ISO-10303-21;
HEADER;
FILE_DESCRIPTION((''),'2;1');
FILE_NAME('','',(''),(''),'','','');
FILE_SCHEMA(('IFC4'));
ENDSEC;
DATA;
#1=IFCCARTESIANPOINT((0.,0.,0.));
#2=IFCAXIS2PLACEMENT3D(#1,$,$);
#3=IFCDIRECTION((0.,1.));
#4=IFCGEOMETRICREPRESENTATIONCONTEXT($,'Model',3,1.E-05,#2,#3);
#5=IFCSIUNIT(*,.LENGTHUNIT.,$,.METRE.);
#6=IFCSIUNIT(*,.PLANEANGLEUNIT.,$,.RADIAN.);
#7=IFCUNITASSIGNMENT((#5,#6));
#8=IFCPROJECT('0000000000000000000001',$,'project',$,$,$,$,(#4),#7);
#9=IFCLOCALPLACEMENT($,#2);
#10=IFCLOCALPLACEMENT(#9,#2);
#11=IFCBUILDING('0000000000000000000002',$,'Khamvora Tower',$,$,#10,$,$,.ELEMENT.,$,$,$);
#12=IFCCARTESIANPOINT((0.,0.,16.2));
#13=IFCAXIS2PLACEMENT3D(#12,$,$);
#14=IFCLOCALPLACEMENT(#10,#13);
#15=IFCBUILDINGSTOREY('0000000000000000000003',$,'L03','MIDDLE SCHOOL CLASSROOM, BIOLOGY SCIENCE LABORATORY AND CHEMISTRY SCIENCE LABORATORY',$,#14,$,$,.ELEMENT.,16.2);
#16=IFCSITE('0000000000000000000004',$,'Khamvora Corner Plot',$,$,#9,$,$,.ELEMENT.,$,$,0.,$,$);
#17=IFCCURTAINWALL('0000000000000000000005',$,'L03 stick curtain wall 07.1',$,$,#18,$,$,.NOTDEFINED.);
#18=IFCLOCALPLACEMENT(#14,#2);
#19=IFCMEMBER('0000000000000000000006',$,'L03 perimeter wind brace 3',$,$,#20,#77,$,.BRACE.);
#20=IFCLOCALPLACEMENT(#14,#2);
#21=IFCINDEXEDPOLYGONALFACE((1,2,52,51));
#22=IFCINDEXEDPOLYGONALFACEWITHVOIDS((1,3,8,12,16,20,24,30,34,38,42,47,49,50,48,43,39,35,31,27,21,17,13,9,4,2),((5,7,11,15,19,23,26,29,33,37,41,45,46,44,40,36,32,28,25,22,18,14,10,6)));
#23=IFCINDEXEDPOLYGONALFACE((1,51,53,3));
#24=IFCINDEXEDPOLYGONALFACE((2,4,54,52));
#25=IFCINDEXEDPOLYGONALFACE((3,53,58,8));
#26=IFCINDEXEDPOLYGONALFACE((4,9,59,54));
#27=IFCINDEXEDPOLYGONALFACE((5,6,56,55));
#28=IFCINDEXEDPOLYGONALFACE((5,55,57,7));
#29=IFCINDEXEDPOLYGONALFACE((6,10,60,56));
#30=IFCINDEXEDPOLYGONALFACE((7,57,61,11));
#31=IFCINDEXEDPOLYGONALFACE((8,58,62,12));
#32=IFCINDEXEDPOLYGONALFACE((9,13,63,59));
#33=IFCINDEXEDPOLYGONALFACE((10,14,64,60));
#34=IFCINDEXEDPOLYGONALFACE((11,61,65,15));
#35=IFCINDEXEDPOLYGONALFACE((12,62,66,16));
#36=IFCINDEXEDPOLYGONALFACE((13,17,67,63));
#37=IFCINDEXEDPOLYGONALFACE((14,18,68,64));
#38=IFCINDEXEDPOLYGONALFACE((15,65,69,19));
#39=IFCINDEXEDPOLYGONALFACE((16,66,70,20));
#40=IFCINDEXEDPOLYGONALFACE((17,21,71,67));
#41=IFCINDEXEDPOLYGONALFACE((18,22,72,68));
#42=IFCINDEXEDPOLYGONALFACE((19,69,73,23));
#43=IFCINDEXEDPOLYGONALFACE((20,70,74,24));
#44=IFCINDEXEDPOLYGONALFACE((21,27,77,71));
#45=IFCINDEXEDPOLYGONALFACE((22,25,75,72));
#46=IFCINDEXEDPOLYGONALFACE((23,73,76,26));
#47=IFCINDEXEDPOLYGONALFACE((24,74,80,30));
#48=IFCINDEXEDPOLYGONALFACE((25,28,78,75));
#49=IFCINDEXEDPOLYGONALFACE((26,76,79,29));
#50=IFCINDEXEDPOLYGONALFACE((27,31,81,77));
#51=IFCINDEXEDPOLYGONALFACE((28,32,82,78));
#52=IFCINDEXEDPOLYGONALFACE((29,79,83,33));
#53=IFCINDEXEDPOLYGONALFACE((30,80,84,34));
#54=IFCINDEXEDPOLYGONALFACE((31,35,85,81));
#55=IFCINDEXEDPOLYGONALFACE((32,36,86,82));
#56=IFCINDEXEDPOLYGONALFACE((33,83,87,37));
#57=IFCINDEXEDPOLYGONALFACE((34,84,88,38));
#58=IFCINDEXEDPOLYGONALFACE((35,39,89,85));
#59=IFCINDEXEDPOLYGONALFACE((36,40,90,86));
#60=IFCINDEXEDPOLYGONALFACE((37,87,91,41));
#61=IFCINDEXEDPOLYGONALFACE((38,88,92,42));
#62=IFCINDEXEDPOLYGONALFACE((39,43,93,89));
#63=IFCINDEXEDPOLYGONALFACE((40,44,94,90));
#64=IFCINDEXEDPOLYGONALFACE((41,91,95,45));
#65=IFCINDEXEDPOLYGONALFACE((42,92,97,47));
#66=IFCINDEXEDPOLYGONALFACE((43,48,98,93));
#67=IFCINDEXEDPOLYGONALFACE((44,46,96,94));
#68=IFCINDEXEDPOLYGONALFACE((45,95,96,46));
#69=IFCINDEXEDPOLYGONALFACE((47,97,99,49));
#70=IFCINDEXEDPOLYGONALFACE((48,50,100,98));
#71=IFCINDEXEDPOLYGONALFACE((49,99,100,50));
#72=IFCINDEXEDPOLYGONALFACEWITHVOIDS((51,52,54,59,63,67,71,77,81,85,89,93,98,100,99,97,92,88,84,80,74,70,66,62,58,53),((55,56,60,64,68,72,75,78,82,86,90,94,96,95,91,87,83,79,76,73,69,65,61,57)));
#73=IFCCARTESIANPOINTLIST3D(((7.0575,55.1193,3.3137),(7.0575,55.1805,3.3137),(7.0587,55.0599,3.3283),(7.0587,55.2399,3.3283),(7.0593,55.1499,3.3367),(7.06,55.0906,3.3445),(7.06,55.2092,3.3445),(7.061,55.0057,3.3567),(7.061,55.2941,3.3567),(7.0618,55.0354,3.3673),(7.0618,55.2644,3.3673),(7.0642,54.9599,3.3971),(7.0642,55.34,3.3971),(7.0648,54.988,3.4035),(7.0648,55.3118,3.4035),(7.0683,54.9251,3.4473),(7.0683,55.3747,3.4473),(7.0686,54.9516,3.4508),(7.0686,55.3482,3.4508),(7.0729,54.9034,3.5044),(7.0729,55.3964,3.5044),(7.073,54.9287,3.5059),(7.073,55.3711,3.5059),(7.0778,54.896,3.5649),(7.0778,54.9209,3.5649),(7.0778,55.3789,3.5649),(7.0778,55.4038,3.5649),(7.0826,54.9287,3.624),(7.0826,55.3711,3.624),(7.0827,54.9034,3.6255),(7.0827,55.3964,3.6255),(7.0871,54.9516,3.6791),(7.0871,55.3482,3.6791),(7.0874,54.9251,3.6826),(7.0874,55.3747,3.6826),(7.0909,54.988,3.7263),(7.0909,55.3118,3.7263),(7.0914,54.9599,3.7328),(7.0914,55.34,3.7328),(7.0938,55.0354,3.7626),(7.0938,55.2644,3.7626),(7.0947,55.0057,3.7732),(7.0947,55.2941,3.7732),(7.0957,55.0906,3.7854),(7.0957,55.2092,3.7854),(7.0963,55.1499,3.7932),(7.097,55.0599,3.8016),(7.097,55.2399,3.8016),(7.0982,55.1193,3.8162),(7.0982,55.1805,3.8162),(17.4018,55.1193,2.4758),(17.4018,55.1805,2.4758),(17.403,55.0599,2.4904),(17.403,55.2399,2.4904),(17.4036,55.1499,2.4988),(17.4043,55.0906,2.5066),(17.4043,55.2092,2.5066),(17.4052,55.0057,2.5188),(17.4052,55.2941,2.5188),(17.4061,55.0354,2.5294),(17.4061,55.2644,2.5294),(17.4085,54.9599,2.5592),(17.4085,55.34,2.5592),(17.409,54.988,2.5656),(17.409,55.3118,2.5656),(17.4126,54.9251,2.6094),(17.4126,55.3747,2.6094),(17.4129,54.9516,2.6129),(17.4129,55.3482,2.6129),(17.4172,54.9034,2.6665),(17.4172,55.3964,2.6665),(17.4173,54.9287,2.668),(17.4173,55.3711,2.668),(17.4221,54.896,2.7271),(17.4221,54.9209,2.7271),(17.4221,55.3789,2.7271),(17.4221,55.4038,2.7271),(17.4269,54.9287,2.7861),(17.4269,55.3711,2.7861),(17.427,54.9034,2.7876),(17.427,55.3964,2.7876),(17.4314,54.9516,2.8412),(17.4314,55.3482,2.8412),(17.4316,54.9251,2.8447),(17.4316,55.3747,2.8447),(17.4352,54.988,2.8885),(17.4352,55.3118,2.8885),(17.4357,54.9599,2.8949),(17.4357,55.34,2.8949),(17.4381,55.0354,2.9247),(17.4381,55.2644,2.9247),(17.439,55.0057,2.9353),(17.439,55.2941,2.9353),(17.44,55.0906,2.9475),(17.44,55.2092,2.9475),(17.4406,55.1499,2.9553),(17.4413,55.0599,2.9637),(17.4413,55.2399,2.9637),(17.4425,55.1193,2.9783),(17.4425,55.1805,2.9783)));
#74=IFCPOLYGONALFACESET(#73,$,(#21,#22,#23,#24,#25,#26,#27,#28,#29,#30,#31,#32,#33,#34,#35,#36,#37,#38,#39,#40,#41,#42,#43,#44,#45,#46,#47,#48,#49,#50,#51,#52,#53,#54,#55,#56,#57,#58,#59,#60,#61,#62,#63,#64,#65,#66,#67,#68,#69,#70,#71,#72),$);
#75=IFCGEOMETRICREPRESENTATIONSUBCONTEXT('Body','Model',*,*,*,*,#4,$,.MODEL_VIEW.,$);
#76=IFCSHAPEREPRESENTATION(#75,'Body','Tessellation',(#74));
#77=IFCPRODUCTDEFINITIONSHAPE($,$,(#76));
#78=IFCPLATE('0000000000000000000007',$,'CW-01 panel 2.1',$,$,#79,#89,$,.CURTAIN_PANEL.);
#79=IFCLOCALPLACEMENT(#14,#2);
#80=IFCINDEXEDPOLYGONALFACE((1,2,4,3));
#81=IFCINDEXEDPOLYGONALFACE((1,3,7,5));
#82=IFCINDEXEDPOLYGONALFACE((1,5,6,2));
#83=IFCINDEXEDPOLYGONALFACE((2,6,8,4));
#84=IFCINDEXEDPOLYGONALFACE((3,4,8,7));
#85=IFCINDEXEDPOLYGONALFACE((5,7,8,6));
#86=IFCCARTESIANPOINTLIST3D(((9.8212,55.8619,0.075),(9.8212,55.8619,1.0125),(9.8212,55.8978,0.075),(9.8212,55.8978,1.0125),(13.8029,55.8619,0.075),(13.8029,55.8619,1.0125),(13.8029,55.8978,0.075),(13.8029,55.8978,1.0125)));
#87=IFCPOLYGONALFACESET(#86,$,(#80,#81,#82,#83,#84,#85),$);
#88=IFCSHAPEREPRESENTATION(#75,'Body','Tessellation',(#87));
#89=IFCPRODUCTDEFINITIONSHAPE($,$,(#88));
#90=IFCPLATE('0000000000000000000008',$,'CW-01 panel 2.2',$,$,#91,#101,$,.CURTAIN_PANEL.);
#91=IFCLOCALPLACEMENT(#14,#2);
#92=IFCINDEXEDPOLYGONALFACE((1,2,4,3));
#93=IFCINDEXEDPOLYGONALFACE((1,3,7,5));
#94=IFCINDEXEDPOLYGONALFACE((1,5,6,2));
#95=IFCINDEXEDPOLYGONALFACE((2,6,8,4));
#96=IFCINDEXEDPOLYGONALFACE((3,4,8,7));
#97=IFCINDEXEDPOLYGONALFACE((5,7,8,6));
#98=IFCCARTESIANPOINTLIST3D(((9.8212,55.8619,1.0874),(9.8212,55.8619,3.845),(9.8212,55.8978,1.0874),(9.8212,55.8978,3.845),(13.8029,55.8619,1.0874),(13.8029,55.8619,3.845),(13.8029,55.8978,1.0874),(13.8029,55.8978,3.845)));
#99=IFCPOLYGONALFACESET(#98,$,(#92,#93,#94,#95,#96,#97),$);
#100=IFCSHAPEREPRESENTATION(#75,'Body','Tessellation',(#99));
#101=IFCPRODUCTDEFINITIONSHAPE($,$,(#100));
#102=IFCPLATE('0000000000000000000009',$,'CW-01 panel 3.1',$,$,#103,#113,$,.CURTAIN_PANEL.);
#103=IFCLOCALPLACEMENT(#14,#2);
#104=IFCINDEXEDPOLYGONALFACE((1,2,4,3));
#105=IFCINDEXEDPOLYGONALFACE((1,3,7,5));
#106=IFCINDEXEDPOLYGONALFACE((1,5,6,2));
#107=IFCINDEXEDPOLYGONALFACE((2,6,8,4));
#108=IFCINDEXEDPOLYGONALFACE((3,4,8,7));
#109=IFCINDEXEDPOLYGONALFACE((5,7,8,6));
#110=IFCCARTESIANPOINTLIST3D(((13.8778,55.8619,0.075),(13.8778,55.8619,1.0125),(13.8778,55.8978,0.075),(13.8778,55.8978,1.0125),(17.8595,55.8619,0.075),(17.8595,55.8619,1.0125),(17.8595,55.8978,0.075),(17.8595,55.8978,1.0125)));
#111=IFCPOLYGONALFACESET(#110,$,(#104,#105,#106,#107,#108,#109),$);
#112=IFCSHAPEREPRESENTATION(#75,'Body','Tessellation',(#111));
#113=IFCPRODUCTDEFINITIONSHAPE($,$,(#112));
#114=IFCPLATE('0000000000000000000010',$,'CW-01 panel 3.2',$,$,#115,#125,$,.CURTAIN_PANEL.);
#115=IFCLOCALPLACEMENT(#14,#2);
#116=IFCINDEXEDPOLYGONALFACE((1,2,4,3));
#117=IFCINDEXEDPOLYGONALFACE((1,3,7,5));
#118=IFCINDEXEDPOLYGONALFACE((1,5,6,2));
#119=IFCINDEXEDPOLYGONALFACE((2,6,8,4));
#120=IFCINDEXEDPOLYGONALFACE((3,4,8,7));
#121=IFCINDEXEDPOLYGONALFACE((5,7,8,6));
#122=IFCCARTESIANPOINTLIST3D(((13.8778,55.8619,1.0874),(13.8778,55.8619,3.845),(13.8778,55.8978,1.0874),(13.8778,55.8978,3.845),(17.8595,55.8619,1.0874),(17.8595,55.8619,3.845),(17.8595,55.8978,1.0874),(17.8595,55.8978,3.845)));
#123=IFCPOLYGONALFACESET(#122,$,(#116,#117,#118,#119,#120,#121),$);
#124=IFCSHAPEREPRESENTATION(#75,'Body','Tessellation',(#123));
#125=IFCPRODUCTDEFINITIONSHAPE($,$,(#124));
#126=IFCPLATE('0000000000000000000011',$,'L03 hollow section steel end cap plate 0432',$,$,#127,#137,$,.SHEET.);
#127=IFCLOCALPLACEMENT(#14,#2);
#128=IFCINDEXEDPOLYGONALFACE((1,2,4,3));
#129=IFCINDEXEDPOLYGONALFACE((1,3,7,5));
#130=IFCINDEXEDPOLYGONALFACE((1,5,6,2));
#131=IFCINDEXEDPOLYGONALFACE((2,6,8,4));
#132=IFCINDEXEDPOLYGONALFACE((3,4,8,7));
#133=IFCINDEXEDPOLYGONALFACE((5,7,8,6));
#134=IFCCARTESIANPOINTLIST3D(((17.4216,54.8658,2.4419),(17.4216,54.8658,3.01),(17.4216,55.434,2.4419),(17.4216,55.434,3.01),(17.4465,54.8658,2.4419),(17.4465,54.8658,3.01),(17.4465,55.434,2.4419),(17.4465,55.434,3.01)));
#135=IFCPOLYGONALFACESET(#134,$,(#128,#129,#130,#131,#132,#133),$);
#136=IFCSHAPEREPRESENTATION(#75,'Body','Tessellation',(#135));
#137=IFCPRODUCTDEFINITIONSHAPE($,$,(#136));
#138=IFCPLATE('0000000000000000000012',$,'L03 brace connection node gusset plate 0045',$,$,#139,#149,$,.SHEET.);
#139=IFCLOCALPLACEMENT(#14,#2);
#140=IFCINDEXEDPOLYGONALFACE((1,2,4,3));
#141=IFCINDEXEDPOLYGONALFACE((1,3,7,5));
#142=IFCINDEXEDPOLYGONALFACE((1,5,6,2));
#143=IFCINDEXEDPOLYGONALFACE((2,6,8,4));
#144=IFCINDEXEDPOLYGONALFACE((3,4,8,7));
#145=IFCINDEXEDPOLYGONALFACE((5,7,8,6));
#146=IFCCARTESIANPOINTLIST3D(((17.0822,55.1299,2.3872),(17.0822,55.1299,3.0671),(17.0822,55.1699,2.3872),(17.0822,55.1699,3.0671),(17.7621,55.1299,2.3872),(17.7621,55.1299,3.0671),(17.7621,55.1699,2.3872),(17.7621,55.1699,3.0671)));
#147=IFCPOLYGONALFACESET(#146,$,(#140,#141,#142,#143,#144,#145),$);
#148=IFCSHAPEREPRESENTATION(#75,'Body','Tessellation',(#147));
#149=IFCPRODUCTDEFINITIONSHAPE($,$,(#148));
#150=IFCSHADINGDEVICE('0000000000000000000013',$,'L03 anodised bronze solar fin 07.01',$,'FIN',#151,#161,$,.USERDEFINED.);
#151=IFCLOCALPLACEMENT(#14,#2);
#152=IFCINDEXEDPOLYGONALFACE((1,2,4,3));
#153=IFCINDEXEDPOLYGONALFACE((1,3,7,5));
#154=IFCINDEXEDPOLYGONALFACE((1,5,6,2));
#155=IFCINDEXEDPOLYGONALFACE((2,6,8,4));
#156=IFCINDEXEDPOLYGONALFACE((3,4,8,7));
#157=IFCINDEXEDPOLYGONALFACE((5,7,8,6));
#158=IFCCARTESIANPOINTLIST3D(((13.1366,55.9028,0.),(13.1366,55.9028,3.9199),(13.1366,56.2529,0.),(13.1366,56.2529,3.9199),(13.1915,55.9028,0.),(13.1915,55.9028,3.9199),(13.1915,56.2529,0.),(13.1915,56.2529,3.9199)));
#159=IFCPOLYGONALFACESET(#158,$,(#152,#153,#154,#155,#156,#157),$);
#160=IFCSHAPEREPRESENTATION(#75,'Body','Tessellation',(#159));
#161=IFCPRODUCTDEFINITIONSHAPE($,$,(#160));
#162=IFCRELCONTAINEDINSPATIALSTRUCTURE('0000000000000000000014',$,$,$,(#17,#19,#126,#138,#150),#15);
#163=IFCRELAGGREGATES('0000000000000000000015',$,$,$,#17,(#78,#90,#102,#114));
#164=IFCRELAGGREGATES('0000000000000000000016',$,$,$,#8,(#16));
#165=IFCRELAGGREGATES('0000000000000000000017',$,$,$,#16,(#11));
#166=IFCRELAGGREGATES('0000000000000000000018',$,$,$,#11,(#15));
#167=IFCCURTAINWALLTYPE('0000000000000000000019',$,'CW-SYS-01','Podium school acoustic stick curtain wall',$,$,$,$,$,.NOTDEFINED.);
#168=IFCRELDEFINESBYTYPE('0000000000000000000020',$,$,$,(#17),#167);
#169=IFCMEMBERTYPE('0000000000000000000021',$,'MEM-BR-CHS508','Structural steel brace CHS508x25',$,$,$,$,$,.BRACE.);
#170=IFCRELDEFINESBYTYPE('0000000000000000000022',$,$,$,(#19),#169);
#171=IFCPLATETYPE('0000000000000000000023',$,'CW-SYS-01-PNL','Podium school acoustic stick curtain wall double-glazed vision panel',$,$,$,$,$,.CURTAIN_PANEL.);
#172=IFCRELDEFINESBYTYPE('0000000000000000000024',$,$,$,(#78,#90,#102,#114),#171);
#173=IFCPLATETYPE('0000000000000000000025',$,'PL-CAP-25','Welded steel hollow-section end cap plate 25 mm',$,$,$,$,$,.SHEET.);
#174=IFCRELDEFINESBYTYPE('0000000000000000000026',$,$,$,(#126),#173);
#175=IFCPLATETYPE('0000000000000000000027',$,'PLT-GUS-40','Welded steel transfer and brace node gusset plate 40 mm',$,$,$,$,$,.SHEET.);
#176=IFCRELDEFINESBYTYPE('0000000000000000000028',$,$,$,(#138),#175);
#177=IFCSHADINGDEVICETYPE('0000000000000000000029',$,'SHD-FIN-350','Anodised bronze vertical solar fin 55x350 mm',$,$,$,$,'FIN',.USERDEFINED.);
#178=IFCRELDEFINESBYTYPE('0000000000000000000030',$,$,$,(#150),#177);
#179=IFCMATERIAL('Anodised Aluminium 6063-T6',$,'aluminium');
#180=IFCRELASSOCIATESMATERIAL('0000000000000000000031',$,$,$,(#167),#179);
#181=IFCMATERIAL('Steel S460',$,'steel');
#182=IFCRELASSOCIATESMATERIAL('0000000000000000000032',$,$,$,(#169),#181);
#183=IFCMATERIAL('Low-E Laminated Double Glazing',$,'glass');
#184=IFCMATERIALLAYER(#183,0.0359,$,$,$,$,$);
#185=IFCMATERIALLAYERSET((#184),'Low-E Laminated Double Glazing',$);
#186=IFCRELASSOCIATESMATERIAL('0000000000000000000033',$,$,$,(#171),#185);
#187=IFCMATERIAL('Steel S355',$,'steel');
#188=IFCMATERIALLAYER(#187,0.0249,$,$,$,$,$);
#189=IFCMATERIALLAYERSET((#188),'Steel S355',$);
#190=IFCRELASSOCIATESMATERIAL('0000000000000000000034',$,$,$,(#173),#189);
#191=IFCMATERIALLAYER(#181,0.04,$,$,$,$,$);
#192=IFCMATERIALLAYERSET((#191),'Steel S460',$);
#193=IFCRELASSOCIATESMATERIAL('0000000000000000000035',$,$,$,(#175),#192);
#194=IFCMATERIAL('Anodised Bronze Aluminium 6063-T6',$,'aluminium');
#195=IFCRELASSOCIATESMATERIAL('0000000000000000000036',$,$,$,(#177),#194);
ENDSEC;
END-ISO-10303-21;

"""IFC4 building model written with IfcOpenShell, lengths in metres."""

from ifc_helpers import new_model, si_unit, direction, frame, origin, origin_2d, place, context, subcontext, project, spatial, rectangle, hollow_circle, extrude, material, layer, layer_set, material_profile, profile_set, type_object, element, aggregate, save


model = new_model("IFC4")

# Units and contexts
model_context = context("Model", 3, precision=1e-05, world=origin(), true_north=direction((0.0, 1.0)))
body_context = subcontext(model_context, "Body", "Model", "MODEL_VIEW")
ifc_project = project(units=[si_unit("LENGTHUNIT", "METRE"), si_unit("PLANEANGLEUNIT", "RADIAN")], contexts=[model_context])

# Site, building, storey
site_placement = place(None, origin())
site = spatial("IfcSite", under=ifc_project, at=site_placement, Name="Khamvora Corner Plot", CompositionType="ELEMENT", RefElevation=0.0)
building_placement = place(site_placement, origin())
building = spatial("IfcBuilding", under=site, at=building_placement, Name="Khamvora Tower", CompositionType="ELEMENT")
storey_placement = place(building_placement, frame((0.0, 0.0, 16.2)))
storey = spatial("IfcBuildingStorey", under=building, at=storey_placement, Name="L03", Description="MIDDLE SCHOOL CLASSROOM, BIOLOGY SCIENCE LABORATORY AND CHEMISTRY SCIENCE LABORATORY", CompositionType="ELEMENT", Elevation=16.2)

# Shared definitions
ifc_material_1 = material(Name="Steel S460", Category="steel")

# Shared definitions
ifc_material_2 = material(Name="Steel S355", Category="steel")

# Curtain wall
ifc_material_3 = material(Name="Anodised Aluminium 6063-T6", Category="aluminium")
curtain_wall_type = type_object("IfcCurtainWallType", Name="CW-SYS-01", Description="Podium school acoustic stick curtain wall", PredefinedType="NOTDEFINED", material=ifc_material_3)
curtain_wall_placement = place(storey_placement, origin())
curtain_wall = element("IfcCurtainWall", 1, at=curtain_wall_placement, inside=storey, type_object=curtain_wall_type, Name="L03 stick curtain wall 07.1", PredefinedType="NOTDEFINED")

# Member
ifc_material_profile_1 = material_profile(ifc_material_1, hollow_circle(Radius=0.2539, WallThickness=0.0249, at=origin_2d()), Name="CHS508x25")
ifc_profile_set_1 = profile_set([ifc_material_profile_1], Name="Steel S460")
member_type_1 = type_object("IfcMemberType", Name="MEM-BR-CHS508", Description="Structural steel brace CHS508x25", PredefinedType="BRACE", material=ifc_profile_set_1)
member_1_placement = place(storey_placement, frame((17.4221, 55.1499, 2.7271), z_axis=(-0.996735, 0.0, 0.080736), x_axis=(0.0, -1.0, 0.0)))
element("IfcMember", 2, at=member_1_placement, inside=storey, type_object=member_type_1, Name="L03 perimeter wind brace 3", PredefinedType="BRACE", context=body_context, shape_type="SweptSolid", body=[
    extrude(hollow_circle(Radius=0.2539, WallThickness=0.0249, at=origin_2d()), origin(), (0.0, 0.0, 1.0), 10.3782),
])

# Plates
ifc_material_4 = material(Name="Low-E Laminated Double Glazing", Category="glass")
ifc_layer_1 = layer(ifc_material_4, 0.0359)
ifc_layer_set_1 = layer_set([ifc_layer_1], Name="Low-E Laminated Double Glazing")
plate_type_1 = type_object("IfcPlateType", Name="CW-SYS-01-PNL", Description="Podium school acoustic stick curtain wall double-glazed vision panel", PredefinedType="CURTAIN_PANEL", material=ifc_layer_set_1)
plate_1_placement = place(storey_placement, frame((11.812, 55.8799, 0.075), z_axis=(0.0, 0.0, 1.0), x_axis=(1.0, 0.0, 0.0)))
plate_1 = element("IfcPlate", 3, at=plate_1_placement, type_object=plate_type_1, Name="CW-01 panel 2.1", PredefinedType="CURTAIN_PANEL", context=body_context, shape_type="SweptSolid", body=[
    extrude(rectangle(XDim=3.9817, YDim=0.0359, at=origin_2d()), origin(), (0.0, 0.0, 1.0), 0.9375),
])
plate_2_placement = place(storey_placement, frame((11.812, 55.8799, 1.0874), z_axis=(0.0, 0.0, 1.0), x_axis=(1.0, 0.0, 0.0)))
plate_2 = element("IfcPlate", 4, at=plate_2_placement, type_object=plate_type_1, Name="CW-01 panel 2.2", PredefinedType="CURTAIN_PANEL", context=body_context, shape_type="SweptSolid", body=[
    extrude(rectangle(XDim=3.9817, YDim=0.0359, at=origin_2d()), origin(), (0.0, 0.0, 1.0), 2.7576),
])
plate_3_placement = place(storey_placement, frame((15.8687, 55.8799, 0.075), z_axis=(0.0, 0.0, 1.0), x_axis=(1.0, 0.0, 0.0)))
plate_3 = element("IfcPlate", 5, at=plate_3_placement, type_object=plate_type_1, Name="CW-01 panel 3.1", PredefinedType="CURTAIN_PANEL", context=body_context, shape_type="SweptSolid", body=[
    extrude(rectangle(XDim=3.9817, YDim=0.0359, at=origin_2d()), origin(), (0.0, 0.0, 1.0), 0.9375),
])
plate_4_placement = place(storey_placement, frame((15.8687, 55.8799, 1.0874), z_axis=(0.0, 0.0, 1.0), x_axis=(1.0, 0.0, 0.0)))
plate_4 = element("IfcPlate", 6, at=plate_4_placement, type_object=plate_type_1, Name="CW-01 panel 3.2", PredefinedType="CURTAIN_PANEL", context=body_context, shape_type="SweptSolid", body=[
    extrude(rectangle(XDim=3.9817, YDim=0.0359, at=origin_2d()), origin(), (0.0, 0.0, 1.0), 2.7576),
])
aggregate(curtain_wall, [plate_1, plate_2, plate_3, plate_4])

# Plates
ifc_layer_2 = layer(ifc_material_2, 0.0249)
ifc_layer_set_2 = layer_set([ifc_layer_2], Name="Steel S355")
plate_type_2 = type_object("IfcPlateType", Name="PL-CAP-25", Description="Welded steel hollow-section end cap plate 25 mm", PredefinedType="SHEET", material=ifc_layer_set_2)
plate_5_placement = place(storey_placement, frame((17.4341, 55.1499, 2.4419), z_axis=(0.0, 0.0, 1.0), x_axis=(-1.0, 0.0, 0.0)))
element("IfcPlate", 7, at=plate_5_placement, inside=storey, type_object=plate_type_2, Name="L03 hollow section steel end cap plate 0432", PredefinedType="SHEET", context=body_context, shape_type="SweptSolid", body=[
    extrude(rectangle(XDim=0.0249, YDim=0.5681, at=origin_2d()), origin(), (0.0, 0.0, 1.0), 0.5681),
])
ifc_layer_3 = layer(ifc_material_1, 0.04)
ifc_layer_set_3 = layer_set([ifc_layer_3], Name="Steel S460")
plate_type_3 = type_object("IfcPlateType", Name="PLT-GUS-40", Description="Welded steel transfer and brace node gusset plate 40 mm", PredefinedType="SHEET", material=ifc_layer_set_3)
plate_6_placement = place(storey_placement, frame((17.4221, 55.1499, 2.3872), z_axis=(0.0, 0.0, 1.0), x_axis=(1.0, 0.0, 0.0)))
element("IfcPlate", 8, at=plate_6_placement, inside=storey, type_object=plate_type_3, Name="L03 brace connection node gusset plate 0045", PredefinedType="SHEET", context=body_context, shape_type="SweptSolid", body=[
    extrude(rectangle(XDim=0.6799, YDim=0.04, at=origin_2d()), origin(), (0.0, 0.0, 1.0), 0.6799),
])

# Shading device
ifc_material_5 = material(Name="Anodised Bronze Aluminium 6063-T6", Category="aluminium")
shading_device_type = type_object("IfcShadingDeviceType", Name="SHD-FIN-350", Description="Anodised bronze vertical solar fin 55x350 mm", ElementType="FIN", PredefinedType="USERDEFINED", material=ifc_material_5)
shading_device_placement = place(storey_placement, frame((13.1641, 56.0779, 0.0), z_axis=(0.0, 0.0, 1.0), x_axis=(1.0, 0.0, 0.0)))
element("IfcShadingDevice", 9, at=shading_device_placement, inside=storey, type_object=shading_device_type, Name="L03 anodised bronze solar fin 07.01", ObjectType="FIN", PredefinedType="USERDEFINED", context=body_context, shape_type="SweptSolid", body=[
    extrude(rectangle(XDim=0.0549, YDim=0.3501, at=origin_2d()), origin(), (0.0, 0.0, 1.0), 3.9199),
])

save(model, "model.ifc")
